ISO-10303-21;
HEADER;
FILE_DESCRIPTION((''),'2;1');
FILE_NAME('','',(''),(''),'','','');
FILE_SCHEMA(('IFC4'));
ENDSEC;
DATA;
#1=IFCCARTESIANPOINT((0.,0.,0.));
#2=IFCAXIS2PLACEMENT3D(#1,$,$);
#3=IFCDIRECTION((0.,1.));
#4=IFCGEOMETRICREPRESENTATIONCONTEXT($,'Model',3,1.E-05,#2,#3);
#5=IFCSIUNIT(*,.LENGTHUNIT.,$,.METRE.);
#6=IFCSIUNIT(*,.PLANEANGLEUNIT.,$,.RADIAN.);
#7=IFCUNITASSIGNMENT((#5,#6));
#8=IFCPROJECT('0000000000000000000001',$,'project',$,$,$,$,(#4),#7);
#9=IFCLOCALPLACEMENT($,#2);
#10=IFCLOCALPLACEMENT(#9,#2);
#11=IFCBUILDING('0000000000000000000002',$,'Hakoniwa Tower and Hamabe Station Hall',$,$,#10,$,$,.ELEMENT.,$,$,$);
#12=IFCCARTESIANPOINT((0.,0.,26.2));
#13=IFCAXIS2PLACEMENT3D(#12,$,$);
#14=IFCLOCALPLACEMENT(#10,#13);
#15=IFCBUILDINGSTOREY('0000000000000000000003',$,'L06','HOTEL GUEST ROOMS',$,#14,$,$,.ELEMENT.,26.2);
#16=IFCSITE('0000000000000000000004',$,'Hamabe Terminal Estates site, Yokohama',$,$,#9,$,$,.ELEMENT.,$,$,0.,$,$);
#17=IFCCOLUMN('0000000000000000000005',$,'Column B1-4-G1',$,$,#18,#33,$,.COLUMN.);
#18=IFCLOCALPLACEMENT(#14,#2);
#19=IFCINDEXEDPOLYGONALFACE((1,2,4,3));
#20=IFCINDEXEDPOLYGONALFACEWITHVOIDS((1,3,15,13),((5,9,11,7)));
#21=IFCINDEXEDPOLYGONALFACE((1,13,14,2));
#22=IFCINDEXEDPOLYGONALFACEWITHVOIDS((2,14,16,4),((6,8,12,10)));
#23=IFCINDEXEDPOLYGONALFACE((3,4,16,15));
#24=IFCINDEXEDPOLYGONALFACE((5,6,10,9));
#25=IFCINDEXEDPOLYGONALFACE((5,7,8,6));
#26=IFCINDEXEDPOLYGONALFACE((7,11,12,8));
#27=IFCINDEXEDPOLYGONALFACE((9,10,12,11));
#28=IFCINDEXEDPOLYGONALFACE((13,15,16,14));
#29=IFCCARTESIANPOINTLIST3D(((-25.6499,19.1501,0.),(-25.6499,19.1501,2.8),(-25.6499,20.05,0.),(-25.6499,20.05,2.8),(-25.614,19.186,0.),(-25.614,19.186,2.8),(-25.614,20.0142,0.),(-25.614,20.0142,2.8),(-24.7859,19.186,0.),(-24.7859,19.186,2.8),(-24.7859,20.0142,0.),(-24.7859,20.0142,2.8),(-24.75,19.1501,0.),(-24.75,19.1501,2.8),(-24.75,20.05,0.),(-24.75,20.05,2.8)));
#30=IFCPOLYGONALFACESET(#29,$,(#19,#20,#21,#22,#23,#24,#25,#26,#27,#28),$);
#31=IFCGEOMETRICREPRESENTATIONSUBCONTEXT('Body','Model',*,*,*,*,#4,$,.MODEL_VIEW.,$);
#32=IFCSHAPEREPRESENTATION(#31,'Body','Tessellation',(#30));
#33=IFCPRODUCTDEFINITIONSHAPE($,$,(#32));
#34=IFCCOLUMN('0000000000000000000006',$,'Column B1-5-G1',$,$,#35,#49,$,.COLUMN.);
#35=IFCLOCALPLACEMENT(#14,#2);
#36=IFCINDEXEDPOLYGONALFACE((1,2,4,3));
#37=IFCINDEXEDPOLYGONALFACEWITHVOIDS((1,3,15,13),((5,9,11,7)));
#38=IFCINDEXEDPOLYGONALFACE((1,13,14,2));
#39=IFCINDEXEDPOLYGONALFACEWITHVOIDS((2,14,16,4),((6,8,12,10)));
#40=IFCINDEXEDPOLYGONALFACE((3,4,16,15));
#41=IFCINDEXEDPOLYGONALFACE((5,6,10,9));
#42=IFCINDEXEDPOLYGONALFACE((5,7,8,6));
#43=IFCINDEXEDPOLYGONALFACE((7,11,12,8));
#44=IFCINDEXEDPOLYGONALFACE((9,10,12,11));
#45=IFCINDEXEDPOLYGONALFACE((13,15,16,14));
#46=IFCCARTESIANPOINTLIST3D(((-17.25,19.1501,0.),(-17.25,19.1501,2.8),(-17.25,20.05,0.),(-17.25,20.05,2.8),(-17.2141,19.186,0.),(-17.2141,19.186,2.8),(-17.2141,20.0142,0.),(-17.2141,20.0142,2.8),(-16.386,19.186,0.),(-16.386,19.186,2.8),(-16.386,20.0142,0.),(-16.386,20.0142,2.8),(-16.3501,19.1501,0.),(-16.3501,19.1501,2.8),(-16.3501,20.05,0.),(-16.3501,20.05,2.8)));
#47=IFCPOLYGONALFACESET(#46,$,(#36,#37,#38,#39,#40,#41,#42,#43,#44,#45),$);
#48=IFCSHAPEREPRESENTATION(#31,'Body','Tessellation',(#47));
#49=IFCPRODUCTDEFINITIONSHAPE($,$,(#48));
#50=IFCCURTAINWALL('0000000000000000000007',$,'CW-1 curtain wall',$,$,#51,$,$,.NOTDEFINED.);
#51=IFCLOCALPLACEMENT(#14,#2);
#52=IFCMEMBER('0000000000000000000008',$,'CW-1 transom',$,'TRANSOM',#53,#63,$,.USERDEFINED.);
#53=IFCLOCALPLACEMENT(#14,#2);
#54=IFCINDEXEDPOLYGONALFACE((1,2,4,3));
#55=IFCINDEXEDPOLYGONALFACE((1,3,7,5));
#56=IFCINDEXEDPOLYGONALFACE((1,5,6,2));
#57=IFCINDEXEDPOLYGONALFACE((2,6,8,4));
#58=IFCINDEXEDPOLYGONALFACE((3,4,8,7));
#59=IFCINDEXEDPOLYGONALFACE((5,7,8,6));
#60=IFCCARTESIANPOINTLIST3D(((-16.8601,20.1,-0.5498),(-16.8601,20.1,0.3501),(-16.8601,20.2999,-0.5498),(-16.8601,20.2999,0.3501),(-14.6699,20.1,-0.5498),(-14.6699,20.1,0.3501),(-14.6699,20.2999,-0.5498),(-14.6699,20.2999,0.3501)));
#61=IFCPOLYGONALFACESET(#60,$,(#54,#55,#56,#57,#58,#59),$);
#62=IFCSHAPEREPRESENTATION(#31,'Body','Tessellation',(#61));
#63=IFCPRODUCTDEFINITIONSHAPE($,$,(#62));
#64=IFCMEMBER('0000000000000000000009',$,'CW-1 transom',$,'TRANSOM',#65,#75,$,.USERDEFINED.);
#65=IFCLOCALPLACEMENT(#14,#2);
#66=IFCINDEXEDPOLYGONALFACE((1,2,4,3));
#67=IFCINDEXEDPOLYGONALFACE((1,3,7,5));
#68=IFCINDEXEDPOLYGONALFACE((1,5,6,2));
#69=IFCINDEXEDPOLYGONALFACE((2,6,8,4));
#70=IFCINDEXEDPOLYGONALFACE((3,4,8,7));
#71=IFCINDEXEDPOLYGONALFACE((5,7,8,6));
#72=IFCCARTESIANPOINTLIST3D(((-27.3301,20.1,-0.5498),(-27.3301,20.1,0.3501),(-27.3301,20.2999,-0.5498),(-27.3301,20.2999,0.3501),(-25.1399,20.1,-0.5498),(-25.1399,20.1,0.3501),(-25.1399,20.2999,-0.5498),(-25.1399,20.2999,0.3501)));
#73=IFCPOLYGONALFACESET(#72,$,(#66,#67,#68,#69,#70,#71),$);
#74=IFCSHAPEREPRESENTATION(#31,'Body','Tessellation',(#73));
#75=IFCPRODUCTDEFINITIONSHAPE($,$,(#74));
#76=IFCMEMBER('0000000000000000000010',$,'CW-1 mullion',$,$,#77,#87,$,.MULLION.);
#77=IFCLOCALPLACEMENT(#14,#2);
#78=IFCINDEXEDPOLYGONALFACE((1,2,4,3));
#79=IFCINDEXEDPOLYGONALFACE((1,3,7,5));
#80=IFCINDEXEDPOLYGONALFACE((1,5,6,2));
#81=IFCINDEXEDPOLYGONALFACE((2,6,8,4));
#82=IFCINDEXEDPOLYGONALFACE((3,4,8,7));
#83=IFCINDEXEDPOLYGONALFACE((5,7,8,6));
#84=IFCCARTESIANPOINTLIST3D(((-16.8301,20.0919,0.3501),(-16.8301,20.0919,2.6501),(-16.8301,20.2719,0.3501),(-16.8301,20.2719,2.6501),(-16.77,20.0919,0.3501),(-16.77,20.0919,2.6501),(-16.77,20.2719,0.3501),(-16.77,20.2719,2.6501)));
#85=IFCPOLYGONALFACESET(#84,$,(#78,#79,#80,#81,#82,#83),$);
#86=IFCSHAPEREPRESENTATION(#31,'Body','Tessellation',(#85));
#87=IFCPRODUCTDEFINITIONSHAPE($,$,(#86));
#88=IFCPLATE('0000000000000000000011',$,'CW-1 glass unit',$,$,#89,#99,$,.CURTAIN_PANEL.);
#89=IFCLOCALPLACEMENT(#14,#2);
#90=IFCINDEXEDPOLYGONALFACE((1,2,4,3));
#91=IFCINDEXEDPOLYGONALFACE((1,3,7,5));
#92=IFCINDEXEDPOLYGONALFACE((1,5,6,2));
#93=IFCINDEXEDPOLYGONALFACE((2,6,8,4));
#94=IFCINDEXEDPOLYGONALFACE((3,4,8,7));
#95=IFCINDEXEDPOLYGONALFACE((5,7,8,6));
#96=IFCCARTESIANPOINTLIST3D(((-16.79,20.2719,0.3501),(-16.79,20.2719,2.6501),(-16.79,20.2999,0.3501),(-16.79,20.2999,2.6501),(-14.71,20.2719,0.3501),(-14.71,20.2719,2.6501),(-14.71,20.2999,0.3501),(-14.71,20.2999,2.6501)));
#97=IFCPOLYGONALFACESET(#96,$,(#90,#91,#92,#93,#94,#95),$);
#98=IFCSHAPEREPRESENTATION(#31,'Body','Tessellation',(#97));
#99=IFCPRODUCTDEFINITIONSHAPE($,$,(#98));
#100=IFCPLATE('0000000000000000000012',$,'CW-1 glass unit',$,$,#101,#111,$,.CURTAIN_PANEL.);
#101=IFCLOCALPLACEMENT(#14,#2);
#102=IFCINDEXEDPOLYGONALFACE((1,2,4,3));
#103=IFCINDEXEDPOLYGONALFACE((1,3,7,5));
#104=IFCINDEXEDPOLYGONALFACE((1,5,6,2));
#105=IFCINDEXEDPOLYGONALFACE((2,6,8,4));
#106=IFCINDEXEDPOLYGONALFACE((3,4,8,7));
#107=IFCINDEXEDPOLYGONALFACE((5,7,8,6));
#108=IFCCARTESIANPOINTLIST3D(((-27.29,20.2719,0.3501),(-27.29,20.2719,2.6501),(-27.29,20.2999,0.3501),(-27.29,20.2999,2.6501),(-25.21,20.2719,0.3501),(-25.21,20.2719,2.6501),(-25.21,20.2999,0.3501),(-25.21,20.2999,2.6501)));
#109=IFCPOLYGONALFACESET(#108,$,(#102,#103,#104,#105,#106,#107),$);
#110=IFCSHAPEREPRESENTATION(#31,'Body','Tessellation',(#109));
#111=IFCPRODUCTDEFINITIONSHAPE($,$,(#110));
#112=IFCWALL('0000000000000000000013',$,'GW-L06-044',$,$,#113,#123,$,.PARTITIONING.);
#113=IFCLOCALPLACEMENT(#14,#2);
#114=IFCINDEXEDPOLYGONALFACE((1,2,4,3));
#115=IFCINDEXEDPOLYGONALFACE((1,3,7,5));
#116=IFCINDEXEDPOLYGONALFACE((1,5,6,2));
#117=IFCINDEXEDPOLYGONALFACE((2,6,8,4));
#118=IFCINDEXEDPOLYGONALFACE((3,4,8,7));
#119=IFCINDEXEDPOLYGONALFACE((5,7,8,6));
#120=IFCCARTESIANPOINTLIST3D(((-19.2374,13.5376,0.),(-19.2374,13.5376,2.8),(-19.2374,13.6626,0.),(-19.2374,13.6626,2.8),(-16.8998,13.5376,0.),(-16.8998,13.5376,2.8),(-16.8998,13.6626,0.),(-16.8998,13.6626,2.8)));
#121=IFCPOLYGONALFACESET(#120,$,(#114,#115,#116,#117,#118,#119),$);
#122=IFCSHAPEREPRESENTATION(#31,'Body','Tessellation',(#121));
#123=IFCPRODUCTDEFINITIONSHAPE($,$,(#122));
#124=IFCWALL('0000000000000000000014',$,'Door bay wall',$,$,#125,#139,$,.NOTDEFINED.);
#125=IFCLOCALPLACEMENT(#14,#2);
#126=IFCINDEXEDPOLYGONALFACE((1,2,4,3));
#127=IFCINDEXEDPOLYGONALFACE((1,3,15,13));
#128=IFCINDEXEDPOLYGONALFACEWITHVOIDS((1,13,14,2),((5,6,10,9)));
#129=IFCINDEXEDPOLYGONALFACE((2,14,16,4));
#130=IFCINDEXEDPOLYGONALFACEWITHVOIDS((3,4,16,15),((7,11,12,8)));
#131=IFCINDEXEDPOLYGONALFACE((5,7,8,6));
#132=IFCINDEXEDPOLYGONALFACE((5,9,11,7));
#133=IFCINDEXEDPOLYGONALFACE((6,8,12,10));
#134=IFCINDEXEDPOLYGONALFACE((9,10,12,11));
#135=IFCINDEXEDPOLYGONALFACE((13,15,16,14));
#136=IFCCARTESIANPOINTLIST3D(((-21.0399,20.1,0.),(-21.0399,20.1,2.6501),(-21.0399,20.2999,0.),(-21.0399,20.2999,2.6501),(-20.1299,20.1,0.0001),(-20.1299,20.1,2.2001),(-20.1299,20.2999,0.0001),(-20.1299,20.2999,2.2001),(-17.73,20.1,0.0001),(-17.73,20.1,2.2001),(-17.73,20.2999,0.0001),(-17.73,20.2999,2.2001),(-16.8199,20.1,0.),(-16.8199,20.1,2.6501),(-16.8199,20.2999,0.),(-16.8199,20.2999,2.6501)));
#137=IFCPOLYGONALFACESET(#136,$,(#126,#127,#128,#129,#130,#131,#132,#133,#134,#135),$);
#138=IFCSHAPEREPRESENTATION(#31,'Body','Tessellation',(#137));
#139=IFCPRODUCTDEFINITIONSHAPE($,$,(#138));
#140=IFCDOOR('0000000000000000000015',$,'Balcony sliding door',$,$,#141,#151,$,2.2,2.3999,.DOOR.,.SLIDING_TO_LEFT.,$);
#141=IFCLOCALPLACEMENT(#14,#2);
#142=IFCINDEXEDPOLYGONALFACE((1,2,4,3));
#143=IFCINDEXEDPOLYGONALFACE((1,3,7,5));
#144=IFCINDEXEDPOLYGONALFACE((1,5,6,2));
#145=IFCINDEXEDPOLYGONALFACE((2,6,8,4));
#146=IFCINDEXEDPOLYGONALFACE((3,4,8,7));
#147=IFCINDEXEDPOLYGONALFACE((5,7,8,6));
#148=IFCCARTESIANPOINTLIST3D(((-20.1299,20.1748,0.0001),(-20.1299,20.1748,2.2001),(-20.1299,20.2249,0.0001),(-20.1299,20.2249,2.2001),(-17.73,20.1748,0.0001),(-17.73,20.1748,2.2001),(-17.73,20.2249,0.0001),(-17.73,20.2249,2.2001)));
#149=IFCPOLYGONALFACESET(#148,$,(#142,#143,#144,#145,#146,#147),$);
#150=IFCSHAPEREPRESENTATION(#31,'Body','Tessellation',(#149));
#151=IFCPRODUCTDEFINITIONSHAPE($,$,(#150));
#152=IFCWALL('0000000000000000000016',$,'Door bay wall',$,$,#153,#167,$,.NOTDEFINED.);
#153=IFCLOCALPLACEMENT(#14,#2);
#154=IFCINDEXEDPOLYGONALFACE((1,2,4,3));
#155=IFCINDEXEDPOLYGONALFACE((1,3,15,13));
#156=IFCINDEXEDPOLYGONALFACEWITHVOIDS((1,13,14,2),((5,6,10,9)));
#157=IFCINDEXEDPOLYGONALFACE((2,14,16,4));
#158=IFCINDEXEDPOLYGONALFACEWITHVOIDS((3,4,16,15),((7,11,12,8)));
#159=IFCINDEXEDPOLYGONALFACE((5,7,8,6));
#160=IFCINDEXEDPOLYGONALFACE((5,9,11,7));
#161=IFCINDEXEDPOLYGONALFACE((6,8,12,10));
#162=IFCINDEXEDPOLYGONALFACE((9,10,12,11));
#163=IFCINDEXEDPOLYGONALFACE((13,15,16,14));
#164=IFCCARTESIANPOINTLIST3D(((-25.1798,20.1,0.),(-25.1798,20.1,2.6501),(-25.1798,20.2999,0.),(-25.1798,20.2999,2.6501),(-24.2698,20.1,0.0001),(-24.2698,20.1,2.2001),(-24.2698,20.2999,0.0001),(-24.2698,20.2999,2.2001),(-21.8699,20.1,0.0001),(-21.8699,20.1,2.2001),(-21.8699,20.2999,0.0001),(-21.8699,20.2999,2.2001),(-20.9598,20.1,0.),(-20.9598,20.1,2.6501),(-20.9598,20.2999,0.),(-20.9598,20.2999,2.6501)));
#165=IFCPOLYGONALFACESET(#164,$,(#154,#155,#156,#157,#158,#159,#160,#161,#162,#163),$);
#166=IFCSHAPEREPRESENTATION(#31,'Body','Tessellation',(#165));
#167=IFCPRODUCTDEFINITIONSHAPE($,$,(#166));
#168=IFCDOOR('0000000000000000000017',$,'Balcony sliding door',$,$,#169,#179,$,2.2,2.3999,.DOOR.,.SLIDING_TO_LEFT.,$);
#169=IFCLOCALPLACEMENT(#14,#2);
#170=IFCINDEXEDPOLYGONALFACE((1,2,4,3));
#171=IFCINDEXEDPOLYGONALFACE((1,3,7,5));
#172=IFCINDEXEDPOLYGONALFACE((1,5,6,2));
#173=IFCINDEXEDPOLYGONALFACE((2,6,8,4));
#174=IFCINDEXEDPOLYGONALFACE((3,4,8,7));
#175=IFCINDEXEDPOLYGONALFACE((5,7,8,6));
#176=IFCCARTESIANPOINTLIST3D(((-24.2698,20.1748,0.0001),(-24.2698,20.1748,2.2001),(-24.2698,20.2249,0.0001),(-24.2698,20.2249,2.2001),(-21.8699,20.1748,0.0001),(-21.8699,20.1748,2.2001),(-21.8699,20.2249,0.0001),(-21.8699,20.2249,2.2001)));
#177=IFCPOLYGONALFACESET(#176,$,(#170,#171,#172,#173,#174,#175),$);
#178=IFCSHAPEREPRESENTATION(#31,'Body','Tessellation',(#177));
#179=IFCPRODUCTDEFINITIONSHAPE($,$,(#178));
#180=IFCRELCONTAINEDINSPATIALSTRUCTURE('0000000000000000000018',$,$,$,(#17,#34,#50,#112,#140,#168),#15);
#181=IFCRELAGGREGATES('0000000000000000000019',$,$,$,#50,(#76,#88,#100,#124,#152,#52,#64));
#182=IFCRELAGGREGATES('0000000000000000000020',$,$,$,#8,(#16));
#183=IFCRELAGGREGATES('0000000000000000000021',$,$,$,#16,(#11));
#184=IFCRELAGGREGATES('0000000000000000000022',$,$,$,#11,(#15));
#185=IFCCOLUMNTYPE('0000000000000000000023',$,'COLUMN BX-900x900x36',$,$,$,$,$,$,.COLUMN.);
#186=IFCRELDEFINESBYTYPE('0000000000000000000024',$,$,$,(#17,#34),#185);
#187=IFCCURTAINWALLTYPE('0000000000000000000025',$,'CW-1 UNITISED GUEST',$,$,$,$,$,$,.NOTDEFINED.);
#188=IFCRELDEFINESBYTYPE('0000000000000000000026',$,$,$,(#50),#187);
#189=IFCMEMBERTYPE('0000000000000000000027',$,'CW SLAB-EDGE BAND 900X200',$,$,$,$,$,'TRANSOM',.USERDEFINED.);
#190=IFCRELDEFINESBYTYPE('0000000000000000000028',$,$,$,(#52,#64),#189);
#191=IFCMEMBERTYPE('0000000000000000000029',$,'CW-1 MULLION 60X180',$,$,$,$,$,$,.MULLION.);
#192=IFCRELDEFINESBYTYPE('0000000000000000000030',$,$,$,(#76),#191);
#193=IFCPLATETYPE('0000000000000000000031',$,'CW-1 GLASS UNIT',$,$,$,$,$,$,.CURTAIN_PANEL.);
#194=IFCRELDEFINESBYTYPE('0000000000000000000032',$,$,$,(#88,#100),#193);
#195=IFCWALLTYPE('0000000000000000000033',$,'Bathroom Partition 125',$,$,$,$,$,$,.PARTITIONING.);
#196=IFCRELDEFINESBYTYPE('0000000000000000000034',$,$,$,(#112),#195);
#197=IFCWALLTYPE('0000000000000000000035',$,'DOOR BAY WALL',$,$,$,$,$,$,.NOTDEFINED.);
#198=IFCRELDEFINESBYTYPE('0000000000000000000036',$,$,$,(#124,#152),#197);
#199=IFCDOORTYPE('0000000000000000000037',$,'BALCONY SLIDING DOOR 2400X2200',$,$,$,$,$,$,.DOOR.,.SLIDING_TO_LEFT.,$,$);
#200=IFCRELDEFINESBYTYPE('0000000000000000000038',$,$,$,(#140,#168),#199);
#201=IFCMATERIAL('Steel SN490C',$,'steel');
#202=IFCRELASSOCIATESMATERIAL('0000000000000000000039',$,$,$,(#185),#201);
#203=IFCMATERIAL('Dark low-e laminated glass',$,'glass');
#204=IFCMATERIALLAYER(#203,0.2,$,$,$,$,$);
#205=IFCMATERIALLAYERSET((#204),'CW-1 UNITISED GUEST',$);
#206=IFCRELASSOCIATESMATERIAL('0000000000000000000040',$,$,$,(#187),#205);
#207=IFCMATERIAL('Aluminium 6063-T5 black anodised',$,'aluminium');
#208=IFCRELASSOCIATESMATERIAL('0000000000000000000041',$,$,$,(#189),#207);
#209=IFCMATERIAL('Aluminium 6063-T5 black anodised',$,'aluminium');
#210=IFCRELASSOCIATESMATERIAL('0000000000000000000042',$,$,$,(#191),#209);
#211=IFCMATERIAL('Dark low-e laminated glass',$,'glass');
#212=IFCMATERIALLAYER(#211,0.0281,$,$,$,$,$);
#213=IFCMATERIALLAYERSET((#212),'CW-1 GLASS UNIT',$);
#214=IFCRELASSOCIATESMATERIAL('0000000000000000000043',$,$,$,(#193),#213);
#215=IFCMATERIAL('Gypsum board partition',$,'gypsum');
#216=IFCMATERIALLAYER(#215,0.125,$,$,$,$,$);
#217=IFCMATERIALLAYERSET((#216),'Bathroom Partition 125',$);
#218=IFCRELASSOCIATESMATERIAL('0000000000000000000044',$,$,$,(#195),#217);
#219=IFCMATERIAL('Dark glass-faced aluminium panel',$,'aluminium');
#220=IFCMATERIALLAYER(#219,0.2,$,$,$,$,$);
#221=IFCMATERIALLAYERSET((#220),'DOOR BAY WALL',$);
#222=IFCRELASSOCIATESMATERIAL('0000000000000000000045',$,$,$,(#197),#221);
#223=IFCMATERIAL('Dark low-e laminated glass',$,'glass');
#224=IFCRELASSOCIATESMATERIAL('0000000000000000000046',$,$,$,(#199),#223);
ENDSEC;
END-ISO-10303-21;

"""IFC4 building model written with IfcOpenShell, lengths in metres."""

from ifc_helpers import new_model, si_unit, direction, frame, frame_2d, origin, origin_2d, place, context, subcontext, project, spatial, rectangle, hollow_rectangle, extrude, material, layer, layer_set, material_profile, profile_set, type_object, element, fill, aggregate, save


model = new_model("IFC4")

# Units and contexts
model_context = context("Model", 3, precision=1e-05, world=origin(), true_north=direction((0.0, 1.0)))
body_context = subcontext(model_context, "Body", "Model", "MODEL_VIEW")
ifc_project = project(units=[si_unit("LENGTHUNIT", "METRE"), si_unit("PLANEANGLEUNIT", "RADIAN")], contexts=[model_context])

# Site, building, storey
site_placement = place(None, origin())
site = spatial("IfcSite", under=ifc_project, at=site_placement, Name="Hamabe Terminal Estates site, Yokohama", CompositionType="ELEMENT", RefElevation=0.0)
building_placement = place(site_placement, origin())
building = spatial("IfcBuilding", under=site, at=building_placement, Name="Hakoniwa Tower and Hamabe Station Hall", CompositionType="ELEMENT")
storey_placement = place(building_placement, frame((0.0, 0.0, 26.2)))
storey = spatial("IfcBuildingStorey", under=building, at=storey_placement, Name="L06", Description="HOTEL GUEST ROOMS", CompositionType="ELEMENT", Elevation=26.2)

# Columns
ifc_material_1 = material(Name="Steel SN490C", Category="steel")
ifc_material_profile_1 = material_profile(ifc_material_1, hollow_rectangle(XDim=0.8999, YDim=0.8999, WallThickness=0.0359, at=origin_2d()), Name="BX-900x900x36")
ifc_profile_set_1 = profile_set([ifc_material_profile_1], Name="Steel SN490C")
column_type = type_object("IfcColumnType", Name="COLUMN BX-900x900x36", PredefinedType="COLUMN", material=ifc_profile_set_1)
for number, where, z_axis, x_axis, name in (
    (1, (-25.2, 19.6001, 0.0), (0.0, 0.0, 1.0), (1.0, 0.0, 0.0), "Column B1-4-G1"),
    (2, (-16.8, 19.6001, 0.0), (0.0, 0.0, 1.0), (1.0, 0.0, 0.0), "Column B1-5-G1"),
):
    element("IfcColumn", number, at=place(storey_placement, frame(where, z_axis=z_axis, x_axis=x_axis)), inside=storey, type_object=column_type, Name=name, PredefinedType="COLUMN", context=body_context, shape_type="SweptSolid", body=[
        extrude(hollow_rectangle(XDim=0.8999, YDim=0.8999, WallThickness=0.0359, at=origin_2d()), origin(), (0.0, 0.0, 1.0), 2.8),
    ])

# Curtain wall, members, plates
ifc_material_2 = material(Name="Dark low-e laminated glass", Category="glass")
ifc_layer_1 = layer(ifc_material_2, 0.2)
ifc_layer_set_1 = layer_set([ifc_layer_1], Name="CW-1 UNITISED GUEST")
curtain_wall_type = type_object("IfcCurtainWallType", Name="CW-1 UNITISED GUEST", PredefinedType="NOTDEFINED", material=ifc_layer_set_1)
curtain_wall_placement = place(storey_placement, origin())
curtain_wall = element("IfcCurtainWall", 3, at=curtain_wall_placement, inside=storey, type_object=curtain_wall_type, Name="CW-1 curtain wall", PredefinedType="NOTDEFINED")
ifc_material_3 = material(Name="Aluminium 6063-T5 black anodised", Category="aluminium")
ifc_material_profile_2 = material_profile(ifc_material_3, rectangle(XDim=0.2, YDim=0.8999, at=origin_2d()), Name="CW SLAB-EDGE BAND 900X200")
ifc_profile_set_2 = profile_set([ifc_material_profile_2], Name="Aluminium 6063-T5 black anodised")
member_type_1 = type_object("IfcMemberType", Name="CW SLAB-EDGE BAND 900X200", ElementType="TRANSOM", PredefinedType="USERDEFINED", material=ifc_profile_set_2)
member_1_placement = place(storey_placement, frame((-14.6699, 20.2, -0.0999), z_axis=(-1.0, 0.0, 0.0), x_axis=(0.0, -1.0, 0.0)))
member_1 = element("IfcMember", 4, at=member_1_placement, type_object=member_type_1, Name="CW-1 transom", ObjectType="TRANSOM", PredefinedType="USERDEFINED", context=body_context, shape_type="SweptSolid", body=[
    extrude(rectangle(XDim=0.2, YDim=0.8999, at=origin_2d()), origin(), (0.0, 0.0, 1.0), 2.1902),
])
member_2_placement = place(storey_placement, frame((-25.1399, 20.2, -0.0999), z_axis=(-1.0, 0.0, 0.0), x_axis=(0.0, -1.0, 0.0)))
member_2 = element("IfcMember", 5, at=member_2_placement, type_object=member_type_1, Name="CW-1 transom", ObjectType="TRANSOM", PredefinedType="USERDEFINED", context=body_context, shape_type="SweptSolid", body=[
    extrude(rectangle(XDim=0.2, YDim=0.8999, at=origin_2d()), origin(), (0.0, 0.0, 1.0), 2.1902),
])
ifc_material_4 = material(Name="Aluminium 6063-T5 black anodised", Category="aluminium")
ifc_material_profile_3 = material_profile(ifc_material_4, rectangle(XDim=0.0601, YDim=0.1799, at=origin_2d()), Name="CW-1 MULLION 60X180")
ifc_profile_set_3 = profile_set([ifc_material_profile_3], Name="Aluminium 6063-T5 black anodised")
member_type_2 = type_object("IfcMemberType", Name="CW-1 MULLION 60X180", PredefinedType="MULLION", material=ifc_profile_set_3)
member_3_placement = place(storey_placement, frame((-16.8, 20.1819, 0.3501), z_axis=(0.0, 0.0, 1.0), x_axis=(-1.0, 0.0, 0.0)))
member_3 = element("IfcMember", 6, at=member_3_placement, type_object=member_type_2, Name="CW-1 mullion", PredefinedType="MULLION", context=body_context, shape_type="SweptSolid", body=[
    extrude(rectangle(XDim=0.0601, YDim=0.1799, at=origin_2d()), origin(), (0.0, 0.0, 1.0), 2.3),
])
ifc_material_5 = material(Name="Dark low-e laminated glass", Category="glass")
ifc_layer_2 = layer(ifc_material_5, 0.0281)
ifc_layer_set_2 = layer_set([ifc_layer_2], Name="CW-1 GLASS UNIT")
plate_type = type_object("IfcPlateType", Name="CW-1 GLASS UNIT", PredefinedType="CURTAIN_PANEL", material=ifc_layer_set_2)
plate_1_placement = place(storey_placement, frame((-15.75, 20.2859, 0.3501), z_axis=(0.0, 0.0, 1.0), x_axis=(-1.0, 0.0, 0.0)))
plate_1 = element("IfcPlate", 7, at=plate_1_placement, type_object=plate_type, Name="CW-1 glass unit", PredefinedType="CURTAIN_PANEL", context=body_context, shape_type="SweptSolid", body=[
    extrude(rectangle(XDim=2.0801, YDim=0.0281, at=origin_2d()), origin(), (0.0, 0.0, 1.0), 2.3),
])
plate_2_placement = place(storey_placement, frame((-26.25, 20.2859, 0.3501), z_axis=(0.0, 0.0, 1.0), x_axis=(-1.0, 0.0, 0.0)))
plate_2 = element("IfcPlate", 8, at=plate_2_placement, type_object=plate_type, Name="CW-1 glass unit", PredefinedType="CURTAIN_PANEL", context=body_context, shape_type="SweptSolid", body=[
    extrude(rectangle(XDim=2.0801, YDim=0.0281, at=origin_2d()), origin(), (0.0, 0.0, 1.0), 2.3),
])

# Wall
ifc_material_6 = material(Name="Gypsum board partition", Category="gypsum")
ifc_layer_3 = layer(ifc_material_6, 0.125)
ifc_layer_set_3 = layer_set([ifc_layer_3], Name="Bathroom Partition 125")
wall_type_1 = type_object("IfcWallType", Name="Bathroom Partition 125", PredefinedType="PARTITIONING", material=ifc_layer_set_3)
wall_1_placement = place(storey_placement, frame((-19.2375, 13.6001, 0.0), z_axis=(0.0, 0.0, 1.0), x_axis=(1.0, 0.0, 0.0)))
element("IfcWall", 9, at=wall_1_placement, inside=storey, type_object=wall_type_1, Name="GW-L06-044", PredefinedType="PARTITIONING", context=body_context, shape_type="SweptSolid", body=[
    extrude(rectangle(XDim=2.3376, YDim=0.125, at=frame_2d((1.1689, 0.0))), origin(), (0.0, 0.0, 1.0), 2.8),
])

# Walls, openings, doors
ifc_material_7 = material(Name="Dark glass-faced aluminium panel", Category="aluminium")
ifc_layer_4 = layer(ifc_material_7, 0.2)
ifc_layer_set_4 = layer_set([ifc_layer_4], Name="DOOR BAY WALL")
wall_type_2 = type_object("IfcWallType", Name="DOOR BAY WALL", PredefinedType="NOTDEFINED", material=ifc_layer_set_4)
wall_2_placement = place(storey_placement, frame((-16.8201, 20.2, 0.0), z_axis=(0.0, 0.0, 1.0), x_axis=(-1.0, 0.0, 0.0)))
wall_2 = element("IfcWall", 10, at=wall_2_placement, type_object=wall_type_2, Name="Door bay wall", PredefinedType="NOTDEFINED", context=body_context, shape_type="SweptSolid", body=[
    extrude(rectangle(XDim=4.22, YDim=0.2, at=frame_2d((2.1099, 0.0))), origin(), (0.0, 0.0, 1.0), 2.6501),
])
opening_1_placement = place(wall_2_placement, frame((0.9099, 0.0, 0.0)))
opening_1 = element("IfcOpeningElement", 11, at=opening_1_placement, cuts=wall_2, PredefinedType="OPENING", context=body_context, shape_type="SweptSolid", body=[
    extrude(rectangle(XDim=2.3999, YDim=2.2, at=frame_2d((1.2, 1.1001))), frame((0.0, 0.1099, 0.0), z_axis=(0.0, -1.0, 0.0), x_axis=(1.0, 0.0, 0.0)), (0.0, 0.0, 1.0), 0.22),
])
ifc_material_8 = material(Name="Dark low-e laminated glass", Category="glass")
door_type = type_object("IfcDoorType", Name="BALCONY SLIDING DOOR 2400X2200", OperationType="SLIDING_TO_LEFT", PredefinedType="DOOR", material=ifc_material_8)
door_1_placement = place(opening_1_placement, frame((2.3999, 0.0, 0.0), z_axis=(0.0, 0.0, 1.0), x_axis=(-1.0, 0.0, 0.0)))
door_1 = element("IfcDoor", 12, at=door_1_placement, inside=storey, type_object=door_type, Name="Balcony sliding door", OperationType="SLIDING_TO_LEFT", OverallHeight=2.2, OverallWidth=2.3999, PredefinedType="DOOR", context=body_context, shape_type="SweptSolid", body=[
    extrude(rectangle(XDim=2.3999, YDim=2.2, at=frame_2d((1.2, 1.1001))), frame((0.0, 0.0249, 0.0), z_axis=(0.0, -1.0, 0.0), x_axis=(1.0, 0.0, 0.0)), (0.0, 0.0, 1.0), 0.05),
])
fill(opening_1, door_1)
wall_3_placement = place(storey_placement, frame((-20.96, 20.2, 0.0), z_axis=(0.0, 0.0, 1.0), x_axis=(-1.0, 0.0, 0.0)))
wall_3 = element("IfcWall", 13, at=wall_3_placement, type_object=wall_type_2, Name="Door bay wall", PredefinedType="NOTDEFINED", context=body_context, shape_type="SweptSolid", body=[
    extrude(rectangle(XDim=4.22, YDim=0.2, at=frame_2d((2.1099, 0.0))), origin(), (0.0, 0.0, 1.0), 2.6501),
])
opening_2_placement = place(wall_3_placement, frame((0.9099, 0.0, 0.0)))
opening_2 = element("IfcOpeningElement", 14, at=opening_2_placement, cuts=wall_3, PredefinedType="OPENING", context=body_context, shape_type="SweptSolid", body=[
    extrude(rectangle(XDim=2.3999, YDim=2.2, at=frame_2d((1.2, 1.1001))), frame((0.0, 0.1099, 0.0), z_axis=(0.0, -1.0, 0.0), x_axis=(1.0, 0.0, 0.0)), (0.0, 0.0, 1.0), 0.22),
])
door_2_placement = place(opening_2_placement, frame((2.3999, 0.0, 0.0), z_axis=(0.0, 0.0, 1.0), x_axis=(-1.0, 0.0, 0.0)))
door_2 = element("IfcDoor", 15, at=door_2_placement, inside=storey, type_object=door_type, Name="Balcony sliding door", OperationType="SLIDING_TO_LEFT", OverallHeight=2.2, OverallWidth=2.3999, PredefinedType="DOOR", context=body_context, shape_type="SweptSolid", body=[
    extrude(rectangle(XDim=2.3999, YDim=2.2, at=frame_2d((1.2, 1.1001))), frame((0.0, 0.0249, 0.0), z_axis=(0.0, -1.0, 0.0), x_axis=(1.0, 0.0, 0.0)), (0.0, 0.0, 1.0), 0.05),
])
fill(opening_2, door_2)
aggregate(curtain_wall, [member_3, plate_1, plate_2, wall_2, wall_3, member_1, member_2])

save(model, "model.ifc")
